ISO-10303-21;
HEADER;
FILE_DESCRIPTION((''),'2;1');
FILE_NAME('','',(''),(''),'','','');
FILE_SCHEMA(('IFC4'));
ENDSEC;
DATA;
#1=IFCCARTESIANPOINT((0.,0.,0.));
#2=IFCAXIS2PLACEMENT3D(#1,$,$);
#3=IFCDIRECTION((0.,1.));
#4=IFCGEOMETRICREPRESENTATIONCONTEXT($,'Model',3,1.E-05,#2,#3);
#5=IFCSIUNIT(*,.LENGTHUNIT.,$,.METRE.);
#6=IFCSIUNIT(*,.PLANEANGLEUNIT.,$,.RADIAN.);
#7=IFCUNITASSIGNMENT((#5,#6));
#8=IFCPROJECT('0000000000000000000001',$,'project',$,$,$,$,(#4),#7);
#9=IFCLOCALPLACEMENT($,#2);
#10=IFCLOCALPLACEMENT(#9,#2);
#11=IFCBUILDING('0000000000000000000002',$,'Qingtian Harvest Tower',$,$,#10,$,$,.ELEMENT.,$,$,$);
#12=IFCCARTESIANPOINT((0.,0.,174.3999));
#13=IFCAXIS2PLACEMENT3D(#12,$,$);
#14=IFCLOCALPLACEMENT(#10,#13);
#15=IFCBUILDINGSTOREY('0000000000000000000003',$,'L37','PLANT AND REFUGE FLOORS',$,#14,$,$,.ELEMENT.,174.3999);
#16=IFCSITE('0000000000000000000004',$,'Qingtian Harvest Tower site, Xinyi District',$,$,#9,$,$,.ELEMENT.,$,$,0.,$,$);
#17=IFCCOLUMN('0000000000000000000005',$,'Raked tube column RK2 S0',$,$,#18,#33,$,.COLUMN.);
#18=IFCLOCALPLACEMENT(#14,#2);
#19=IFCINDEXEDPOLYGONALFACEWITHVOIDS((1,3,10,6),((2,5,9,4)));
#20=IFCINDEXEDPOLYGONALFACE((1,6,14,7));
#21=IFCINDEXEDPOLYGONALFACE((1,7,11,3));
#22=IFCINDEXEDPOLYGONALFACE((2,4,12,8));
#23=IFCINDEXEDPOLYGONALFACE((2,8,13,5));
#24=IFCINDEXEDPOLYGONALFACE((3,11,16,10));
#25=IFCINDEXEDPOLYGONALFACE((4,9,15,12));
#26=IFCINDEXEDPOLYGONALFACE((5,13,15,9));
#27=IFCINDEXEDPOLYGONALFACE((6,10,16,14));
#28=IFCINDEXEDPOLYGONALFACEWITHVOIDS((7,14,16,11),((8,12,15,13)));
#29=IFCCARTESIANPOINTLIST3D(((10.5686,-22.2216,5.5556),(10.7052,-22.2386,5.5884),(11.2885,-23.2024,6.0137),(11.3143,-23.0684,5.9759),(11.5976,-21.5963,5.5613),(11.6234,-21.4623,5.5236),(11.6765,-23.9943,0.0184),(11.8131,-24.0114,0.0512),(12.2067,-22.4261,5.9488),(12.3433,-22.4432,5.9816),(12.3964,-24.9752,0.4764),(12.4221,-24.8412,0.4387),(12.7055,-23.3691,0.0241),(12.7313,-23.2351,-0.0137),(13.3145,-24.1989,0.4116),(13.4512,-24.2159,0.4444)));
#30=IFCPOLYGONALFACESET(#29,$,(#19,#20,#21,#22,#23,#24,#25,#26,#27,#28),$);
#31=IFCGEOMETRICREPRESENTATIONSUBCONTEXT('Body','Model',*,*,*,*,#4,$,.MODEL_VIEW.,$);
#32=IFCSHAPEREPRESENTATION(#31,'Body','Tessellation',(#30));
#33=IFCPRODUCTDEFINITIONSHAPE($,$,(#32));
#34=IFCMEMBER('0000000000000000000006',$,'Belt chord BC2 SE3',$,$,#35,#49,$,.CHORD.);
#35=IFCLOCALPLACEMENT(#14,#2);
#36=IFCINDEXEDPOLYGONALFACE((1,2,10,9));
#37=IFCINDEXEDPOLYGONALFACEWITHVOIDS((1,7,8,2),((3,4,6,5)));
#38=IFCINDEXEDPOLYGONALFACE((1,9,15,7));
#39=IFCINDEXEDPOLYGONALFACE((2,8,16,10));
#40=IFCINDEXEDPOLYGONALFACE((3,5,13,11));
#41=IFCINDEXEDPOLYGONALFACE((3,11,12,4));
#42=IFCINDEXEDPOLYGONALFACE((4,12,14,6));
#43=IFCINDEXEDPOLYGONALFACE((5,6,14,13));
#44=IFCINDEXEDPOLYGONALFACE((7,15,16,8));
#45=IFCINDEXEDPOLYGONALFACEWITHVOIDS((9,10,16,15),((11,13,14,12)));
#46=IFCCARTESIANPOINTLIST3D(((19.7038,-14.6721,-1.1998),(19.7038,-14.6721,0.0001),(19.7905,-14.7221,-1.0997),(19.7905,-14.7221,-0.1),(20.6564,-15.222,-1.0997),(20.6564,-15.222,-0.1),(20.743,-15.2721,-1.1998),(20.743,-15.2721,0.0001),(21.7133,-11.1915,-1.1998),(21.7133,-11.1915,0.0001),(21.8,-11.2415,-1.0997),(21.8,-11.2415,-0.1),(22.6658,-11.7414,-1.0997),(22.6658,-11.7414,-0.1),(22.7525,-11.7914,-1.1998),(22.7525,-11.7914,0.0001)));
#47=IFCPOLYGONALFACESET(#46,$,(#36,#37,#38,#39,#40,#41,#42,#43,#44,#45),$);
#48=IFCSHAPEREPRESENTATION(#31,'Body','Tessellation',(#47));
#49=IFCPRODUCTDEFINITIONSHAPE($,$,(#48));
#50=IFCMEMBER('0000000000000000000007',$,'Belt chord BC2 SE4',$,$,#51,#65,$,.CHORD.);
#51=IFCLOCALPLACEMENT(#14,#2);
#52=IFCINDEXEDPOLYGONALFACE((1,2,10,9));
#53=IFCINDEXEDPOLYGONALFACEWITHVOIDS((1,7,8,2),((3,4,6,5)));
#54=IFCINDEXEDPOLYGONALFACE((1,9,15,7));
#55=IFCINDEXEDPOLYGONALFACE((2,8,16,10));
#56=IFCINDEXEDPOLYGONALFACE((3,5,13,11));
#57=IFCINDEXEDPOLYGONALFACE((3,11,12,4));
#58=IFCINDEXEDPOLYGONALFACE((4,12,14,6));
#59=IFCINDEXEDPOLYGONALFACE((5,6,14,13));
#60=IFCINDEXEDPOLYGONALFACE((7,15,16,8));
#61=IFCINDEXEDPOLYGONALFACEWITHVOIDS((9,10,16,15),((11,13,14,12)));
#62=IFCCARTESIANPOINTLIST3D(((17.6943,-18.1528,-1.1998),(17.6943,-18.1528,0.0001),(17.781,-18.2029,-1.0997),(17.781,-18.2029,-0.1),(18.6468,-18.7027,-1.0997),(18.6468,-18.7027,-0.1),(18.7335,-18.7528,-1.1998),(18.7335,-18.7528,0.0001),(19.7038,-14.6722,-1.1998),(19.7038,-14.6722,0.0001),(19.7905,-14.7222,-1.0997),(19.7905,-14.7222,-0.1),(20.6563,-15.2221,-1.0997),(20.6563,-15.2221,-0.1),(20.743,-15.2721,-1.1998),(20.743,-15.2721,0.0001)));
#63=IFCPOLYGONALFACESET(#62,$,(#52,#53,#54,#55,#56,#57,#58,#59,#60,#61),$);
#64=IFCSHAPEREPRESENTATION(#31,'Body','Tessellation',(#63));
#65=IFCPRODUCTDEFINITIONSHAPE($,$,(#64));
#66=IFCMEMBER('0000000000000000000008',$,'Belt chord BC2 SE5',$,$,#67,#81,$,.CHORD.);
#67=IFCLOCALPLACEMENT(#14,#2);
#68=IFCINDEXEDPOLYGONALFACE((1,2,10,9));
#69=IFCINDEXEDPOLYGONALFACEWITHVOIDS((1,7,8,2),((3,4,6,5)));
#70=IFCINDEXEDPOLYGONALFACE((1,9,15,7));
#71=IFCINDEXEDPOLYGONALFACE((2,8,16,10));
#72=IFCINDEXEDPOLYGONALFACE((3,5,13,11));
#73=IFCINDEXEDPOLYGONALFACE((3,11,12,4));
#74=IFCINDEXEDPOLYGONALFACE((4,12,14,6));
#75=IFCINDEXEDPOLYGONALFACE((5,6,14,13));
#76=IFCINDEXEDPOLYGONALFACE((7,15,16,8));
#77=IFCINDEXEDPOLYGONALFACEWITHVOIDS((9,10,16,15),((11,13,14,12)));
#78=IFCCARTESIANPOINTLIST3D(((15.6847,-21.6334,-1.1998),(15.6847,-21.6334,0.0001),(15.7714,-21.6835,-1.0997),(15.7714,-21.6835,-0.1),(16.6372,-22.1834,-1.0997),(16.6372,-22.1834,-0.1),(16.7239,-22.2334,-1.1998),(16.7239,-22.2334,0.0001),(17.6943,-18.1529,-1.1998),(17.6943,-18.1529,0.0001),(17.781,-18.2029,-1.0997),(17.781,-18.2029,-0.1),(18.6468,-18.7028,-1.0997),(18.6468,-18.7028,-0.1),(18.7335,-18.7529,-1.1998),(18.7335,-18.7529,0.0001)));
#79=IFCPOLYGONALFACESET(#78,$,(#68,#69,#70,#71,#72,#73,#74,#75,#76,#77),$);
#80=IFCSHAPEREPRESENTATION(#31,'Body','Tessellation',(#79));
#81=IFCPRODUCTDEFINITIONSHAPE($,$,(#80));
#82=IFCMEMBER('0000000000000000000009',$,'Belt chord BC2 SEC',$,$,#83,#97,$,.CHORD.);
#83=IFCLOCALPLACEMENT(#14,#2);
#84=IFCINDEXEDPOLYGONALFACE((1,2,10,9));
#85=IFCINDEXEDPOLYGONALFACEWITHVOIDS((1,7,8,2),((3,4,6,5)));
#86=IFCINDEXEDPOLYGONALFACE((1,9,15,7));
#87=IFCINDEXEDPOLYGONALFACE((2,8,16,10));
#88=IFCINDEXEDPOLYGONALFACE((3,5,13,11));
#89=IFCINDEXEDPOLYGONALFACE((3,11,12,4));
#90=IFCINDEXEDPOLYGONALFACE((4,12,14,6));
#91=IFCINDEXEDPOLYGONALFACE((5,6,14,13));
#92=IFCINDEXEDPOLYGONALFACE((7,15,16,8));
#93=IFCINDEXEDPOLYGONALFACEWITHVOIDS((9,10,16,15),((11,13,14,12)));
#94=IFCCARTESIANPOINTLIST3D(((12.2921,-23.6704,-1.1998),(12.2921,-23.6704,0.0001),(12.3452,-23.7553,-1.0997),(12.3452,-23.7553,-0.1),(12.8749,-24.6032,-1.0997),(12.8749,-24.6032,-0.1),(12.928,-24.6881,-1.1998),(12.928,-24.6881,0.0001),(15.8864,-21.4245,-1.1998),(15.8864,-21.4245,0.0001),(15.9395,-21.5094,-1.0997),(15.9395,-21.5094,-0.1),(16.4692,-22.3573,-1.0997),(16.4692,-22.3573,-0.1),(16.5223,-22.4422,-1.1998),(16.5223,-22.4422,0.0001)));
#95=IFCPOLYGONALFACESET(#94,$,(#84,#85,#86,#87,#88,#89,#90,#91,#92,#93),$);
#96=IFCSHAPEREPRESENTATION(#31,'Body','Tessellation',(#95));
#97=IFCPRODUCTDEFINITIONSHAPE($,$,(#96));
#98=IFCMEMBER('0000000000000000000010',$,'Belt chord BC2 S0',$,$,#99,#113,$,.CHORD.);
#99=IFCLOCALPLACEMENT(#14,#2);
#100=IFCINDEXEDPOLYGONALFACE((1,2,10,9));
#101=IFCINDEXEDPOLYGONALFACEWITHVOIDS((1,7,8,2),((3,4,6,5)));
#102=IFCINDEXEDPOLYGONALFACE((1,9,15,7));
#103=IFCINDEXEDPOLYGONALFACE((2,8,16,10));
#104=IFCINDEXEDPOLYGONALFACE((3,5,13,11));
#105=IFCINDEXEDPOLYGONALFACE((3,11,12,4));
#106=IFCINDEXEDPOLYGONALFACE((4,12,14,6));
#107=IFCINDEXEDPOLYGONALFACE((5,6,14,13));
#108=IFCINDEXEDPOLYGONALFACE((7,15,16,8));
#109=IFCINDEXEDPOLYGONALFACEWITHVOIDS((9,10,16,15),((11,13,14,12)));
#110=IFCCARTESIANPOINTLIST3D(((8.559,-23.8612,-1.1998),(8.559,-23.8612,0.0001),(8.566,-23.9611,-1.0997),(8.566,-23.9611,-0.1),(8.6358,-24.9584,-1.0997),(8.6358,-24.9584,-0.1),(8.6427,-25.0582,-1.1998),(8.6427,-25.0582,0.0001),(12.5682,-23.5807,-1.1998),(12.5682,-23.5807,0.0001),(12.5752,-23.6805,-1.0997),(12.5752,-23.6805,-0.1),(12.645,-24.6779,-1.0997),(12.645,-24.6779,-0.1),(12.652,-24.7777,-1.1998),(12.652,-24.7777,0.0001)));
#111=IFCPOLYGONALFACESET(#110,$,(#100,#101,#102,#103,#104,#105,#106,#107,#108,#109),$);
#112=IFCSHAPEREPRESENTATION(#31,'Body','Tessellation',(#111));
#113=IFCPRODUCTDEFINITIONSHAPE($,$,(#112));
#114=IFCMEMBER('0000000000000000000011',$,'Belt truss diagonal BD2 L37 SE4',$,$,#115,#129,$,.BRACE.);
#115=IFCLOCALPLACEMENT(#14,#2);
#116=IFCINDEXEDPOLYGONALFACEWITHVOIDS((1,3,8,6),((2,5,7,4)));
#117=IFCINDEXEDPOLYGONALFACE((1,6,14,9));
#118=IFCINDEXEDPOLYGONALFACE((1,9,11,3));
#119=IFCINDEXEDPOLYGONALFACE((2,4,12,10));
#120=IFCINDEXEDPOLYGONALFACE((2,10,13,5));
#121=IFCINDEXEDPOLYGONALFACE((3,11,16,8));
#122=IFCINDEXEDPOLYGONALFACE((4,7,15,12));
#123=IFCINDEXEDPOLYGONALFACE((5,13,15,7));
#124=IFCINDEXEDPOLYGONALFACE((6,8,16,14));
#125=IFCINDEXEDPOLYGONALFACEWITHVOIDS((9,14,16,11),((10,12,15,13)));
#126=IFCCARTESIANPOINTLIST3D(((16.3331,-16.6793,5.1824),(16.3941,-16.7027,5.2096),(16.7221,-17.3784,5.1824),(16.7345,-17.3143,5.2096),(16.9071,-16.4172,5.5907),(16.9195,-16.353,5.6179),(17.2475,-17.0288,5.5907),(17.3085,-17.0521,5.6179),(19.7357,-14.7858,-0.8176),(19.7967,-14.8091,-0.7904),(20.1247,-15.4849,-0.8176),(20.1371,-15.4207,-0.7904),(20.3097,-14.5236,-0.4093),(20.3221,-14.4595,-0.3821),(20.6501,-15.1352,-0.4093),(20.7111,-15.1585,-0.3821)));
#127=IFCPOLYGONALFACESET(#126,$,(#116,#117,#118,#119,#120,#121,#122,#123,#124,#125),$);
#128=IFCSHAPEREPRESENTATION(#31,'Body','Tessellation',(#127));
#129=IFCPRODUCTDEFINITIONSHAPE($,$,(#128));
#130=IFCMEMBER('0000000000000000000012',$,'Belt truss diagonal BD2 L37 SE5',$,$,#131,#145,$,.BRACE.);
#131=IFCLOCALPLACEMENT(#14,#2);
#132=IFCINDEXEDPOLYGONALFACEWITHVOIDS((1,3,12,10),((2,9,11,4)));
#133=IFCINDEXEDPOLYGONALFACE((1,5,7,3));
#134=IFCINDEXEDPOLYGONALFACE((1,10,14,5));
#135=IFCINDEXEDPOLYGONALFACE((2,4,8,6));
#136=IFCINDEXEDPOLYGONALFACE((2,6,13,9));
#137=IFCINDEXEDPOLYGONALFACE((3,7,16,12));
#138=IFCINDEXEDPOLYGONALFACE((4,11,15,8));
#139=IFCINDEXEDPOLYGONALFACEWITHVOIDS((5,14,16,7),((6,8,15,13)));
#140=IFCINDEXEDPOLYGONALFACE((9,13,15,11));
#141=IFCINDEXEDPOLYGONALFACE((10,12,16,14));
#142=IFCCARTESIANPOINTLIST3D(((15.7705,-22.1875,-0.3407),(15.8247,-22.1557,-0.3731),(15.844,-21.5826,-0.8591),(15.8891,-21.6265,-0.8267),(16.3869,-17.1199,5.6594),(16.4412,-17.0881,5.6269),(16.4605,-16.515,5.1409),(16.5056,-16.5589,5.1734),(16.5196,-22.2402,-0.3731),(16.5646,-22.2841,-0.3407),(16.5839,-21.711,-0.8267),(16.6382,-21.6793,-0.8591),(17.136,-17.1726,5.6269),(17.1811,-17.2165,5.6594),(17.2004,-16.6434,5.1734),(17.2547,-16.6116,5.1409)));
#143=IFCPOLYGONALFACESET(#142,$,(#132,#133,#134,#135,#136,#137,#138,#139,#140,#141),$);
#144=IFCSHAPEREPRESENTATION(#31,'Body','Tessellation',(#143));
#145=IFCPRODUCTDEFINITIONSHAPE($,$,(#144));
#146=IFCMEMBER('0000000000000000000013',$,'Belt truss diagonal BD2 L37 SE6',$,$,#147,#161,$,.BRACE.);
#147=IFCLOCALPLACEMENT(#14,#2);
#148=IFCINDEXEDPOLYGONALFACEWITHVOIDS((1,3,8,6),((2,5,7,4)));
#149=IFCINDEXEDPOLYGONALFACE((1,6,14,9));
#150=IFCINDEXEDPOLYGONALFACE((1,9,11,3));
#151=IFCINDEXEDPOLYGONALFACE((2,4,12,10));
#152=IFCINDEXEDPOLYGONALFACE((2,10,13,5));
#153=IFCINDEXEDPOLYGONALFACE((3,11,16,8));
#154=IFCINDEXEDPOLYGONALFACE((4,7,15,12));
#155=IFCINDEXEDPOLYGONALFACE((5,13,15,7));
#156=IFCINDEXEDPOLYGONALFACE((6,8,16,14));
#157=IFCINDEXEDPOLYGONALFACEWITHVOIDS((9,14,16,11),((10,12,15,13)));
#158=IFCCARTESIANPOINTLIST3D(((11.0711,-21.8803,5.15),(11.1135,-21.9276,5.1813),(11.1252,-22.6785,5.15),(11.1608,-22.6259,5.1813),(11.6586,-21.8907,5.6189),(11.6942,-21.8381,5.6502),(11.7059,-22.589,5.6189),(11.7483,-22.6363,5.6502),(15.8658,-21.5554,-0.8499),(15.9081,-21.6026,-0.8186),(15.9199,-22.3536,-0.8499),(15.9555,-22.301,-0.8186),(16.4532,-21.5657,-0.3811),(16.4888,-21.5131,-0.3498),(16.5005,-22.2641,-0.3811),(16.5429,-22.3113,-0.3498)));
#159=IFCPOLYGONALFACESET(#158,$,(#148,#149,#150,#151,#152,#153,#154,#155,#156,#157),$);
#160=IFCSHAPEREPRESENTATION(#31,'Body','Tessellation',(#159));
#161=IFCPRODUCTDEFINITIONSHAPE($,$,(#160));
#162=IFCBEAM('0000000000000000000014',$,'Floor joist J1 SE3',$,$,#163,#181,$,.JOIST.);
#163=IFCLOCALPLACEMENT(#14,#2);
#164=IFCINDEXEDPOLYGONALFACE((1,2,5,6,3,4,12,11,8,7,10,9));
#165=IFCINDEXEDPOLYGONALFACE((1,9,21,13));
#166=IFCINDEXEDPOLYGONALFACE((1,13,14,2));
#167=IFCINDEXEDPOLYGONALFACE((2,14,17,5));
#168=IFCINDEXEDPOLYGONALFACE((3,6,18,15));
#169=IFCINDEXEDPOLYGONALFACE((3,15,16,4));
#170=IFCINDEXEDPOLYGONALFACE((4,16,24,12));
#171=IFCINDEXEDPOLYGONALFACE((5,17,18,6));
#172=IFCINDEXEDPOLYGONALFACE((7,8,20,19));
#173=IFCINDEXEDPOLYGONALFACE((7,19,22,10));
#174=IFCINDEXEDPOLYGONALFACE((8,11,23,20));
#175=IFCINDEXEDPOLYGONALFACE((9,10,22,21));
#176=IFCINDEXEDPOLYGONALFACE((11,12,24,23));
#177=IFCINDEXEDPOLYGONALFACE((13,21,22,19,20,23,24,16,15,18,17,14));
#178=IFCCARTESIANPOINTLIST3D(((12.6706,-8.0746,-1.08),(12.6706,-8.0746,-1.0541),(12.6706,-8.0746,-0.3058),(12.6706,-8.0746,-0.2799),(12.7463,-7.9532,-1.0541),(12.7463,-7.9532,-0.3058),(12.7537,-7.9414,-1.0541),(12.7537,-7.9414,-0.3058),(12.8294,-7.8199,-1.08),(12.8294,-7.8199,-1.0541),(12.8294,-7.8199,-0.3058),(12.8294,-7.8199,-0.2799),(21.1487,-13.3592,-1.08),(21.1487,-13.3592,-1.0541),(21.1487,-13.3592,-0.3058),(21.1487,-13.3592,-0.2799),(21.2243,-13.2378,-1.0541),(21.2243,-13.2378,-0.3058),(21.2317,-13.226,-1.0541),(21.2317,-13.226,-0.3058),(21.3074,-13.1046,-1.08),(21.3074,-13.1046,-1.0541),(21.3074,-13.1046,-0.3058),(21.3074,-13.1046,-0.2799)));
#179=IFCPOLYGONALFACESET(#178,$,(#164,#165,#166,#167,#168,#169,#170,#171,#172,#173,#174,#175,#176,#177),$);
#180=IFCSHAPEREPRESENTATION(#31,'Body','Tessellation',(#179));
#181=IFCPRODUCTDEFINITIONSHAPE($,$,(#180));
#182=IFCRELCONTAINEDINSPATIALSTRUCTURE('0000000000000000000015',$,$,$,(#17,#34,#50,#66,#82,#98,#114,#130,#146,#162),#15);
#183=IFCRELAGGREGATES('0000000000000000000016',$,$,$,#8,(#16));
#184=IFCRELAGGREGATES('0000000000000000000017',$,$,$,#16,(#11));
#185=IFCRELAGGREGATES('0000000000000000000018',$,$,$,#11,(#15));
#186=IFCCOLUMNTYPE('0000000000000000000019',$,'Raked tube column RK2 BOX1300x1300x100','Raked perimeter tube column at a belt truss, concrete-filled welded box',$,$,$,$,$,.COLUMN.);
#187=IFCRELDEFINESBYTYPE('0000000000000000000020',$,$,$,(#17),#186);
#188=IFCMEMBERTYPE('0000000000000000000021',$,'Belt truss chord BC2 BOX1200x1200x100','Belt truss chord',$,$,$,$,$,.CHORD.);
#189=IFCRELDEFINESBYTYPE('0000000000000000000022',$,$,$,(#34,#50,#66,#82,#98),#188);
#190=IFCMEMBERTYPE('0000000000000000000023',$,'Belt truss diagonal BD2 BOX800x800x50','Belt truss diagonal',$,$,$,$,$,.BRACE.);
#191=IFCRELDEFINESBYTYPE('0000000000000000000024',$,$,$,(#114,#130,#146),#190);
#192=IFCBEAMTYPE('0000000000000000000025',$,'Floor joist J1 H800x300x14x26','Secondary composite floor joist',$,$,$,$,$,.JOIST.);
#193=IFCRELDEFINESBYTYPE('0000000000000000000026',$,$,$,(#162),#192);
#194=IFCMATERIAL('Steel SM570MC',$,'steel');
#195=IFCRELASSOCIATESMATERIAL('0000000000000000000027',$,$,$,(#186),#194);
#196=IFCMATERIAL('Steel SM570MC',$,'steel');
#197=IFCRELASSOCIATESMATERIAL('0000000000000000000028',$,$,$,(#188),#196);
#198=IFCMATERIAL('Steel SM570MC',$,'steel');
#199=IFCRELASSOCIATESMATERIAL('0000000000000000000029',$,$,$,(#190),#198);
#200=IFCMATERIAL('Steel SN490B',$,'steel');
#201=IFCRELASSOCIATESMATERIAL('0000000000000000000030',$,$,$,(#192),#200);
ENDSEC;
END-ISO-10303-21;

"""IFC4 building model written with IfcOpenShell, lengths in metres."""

from ifc_helpers import new_model, si_unit, direction, frame, origin, origin_2d, place, context, subcontext, project, spatial, hollow_rectangle, i_section, extrude, clip, halfspace, material, material_profile, profile_set, type_object, element, save


model = new_model("IFC4")

# Units and contexts
model_context = context("Model", 3, precision=1e-05, world=origin(), true_north=direction((0.0, 1.0)))
body_context = subcontext(model_context, "Body", "Model", "MODEL_VIEW")
ifc_project = project(units=[si_unit("LENGTHUNIT", "METRE"), si_unit("PLANEANGLEUNIT", "RADIAN")], contexts=[model_context])

# Site, building, storey
site_placement = place(None, origin())
site = spatial("IfcSite", under=ifc_project, at=site_placement, Name="Qingtian Harvest Tower site, Xinyi District", CompositionType="ELEMENT", RefElevation=0.0)
building_placement = place(site_placement, origin())
building = spatial("IfcBuilding", under=site, at=building_placement, Name="Qingtian Harvest Tower", CompositionType="ELEMENT")
storey_placement = place(building_placement, frame((0.0, 0.0, 174.3999)))
storey = spatial("IfcBuildingStorey", under=building, at=storey_placement, Name="L37", Description="PLANT AND REFUGE FLOORS", CompositionType="ELEMENT", Elevation=174.3999)

# Column
ifc_material_1 = material(Name="Steel SM570MC", Category="steel")
ifc_material_profile_1 = material_profile(ifc_material_1, hollow_rectangle(XDim=1.3, YDim=1.3, WallThickness=0.1001, at=origin_2d()), Name="BOX1300x1300x100")
ifc_profile_set_1 = profile_set([ifc_material_profile_1], Name="Steel SM570MC")
column_type = type_object("IfcColumnType", Name="Raked tube column RK2 BOX1300x1300x100", Description="Raked perimeter tube column at a belt truss, concrete-filled welded box", PredefinedType="COLUMN", material=ifc_profile_set_1)
column_1_placement = place(storey_placement, frame((12.6101, -24.1792, 0.0), z_axis=(-0.187179, 0.299516, 0.93555), x_axis=(-0.811371, -0.584012, 0.024638)))
element("IfcColumn", 1, at=column_1_placement, inside=storey, type_object=column_type, Name="Raked tube column RK2 S0", PredefinedType="COLUMN", context=body_context, shape_type="Clipping", body=[
    clip(clip(extrude(hollow_rectangle(XDim=1.3, YDim=1.3, WallThickness=0.1001, at=origin_2d()), origin(), (0.0, 0.0, 1.0), 6.4133), halfspace(frame((0.0, 0.0, 0.2473), z_axis=(0.0, 0.0, -1.0), x_axis=(0.0, -1.0, 0.0)), False)), halfspace(frame((0.0, 0.0, 6.166), z_axis=(0.0, 0.0, 1.0), x_axis=(0.0, 1.0, 0.0)), False)),
])

# Members
ifc_material_2 = material(Name="Steel SM570MC", Category="steel")
ifc_material_profile_2 = material_profile(ifc_material_2, hollow_rectangle(XDim=1.2, YDim=1.2, WallThickness=0.1001, at=origin_2d()), Name="BOX1200x1200x100")
ifc_profile_set_2 = profile_set([ifc_material_profile_2], Name="Steel SM570MC")
member_type_1 = type_object("IfcMemberType", Name="Belt truss chord BC2 BOX1200x1200x100", Description="Belt truss chord", PredefinedType="CHORD", material=ifc_profile_set_2)
for number, where, z_axis, x_axis, name in (
    (2, (22.2329, -11.4915, -0.5999), (-0.499987, -0.866033, 0.0), (0.866033, -0.499987, 0.0), "Belt chord BC2 SE3"),
    (3, (20.2234, -14.9722, -0.5999), (-0.499987, -0.866033, 0.0), (0.866033, -0.499987, 0.0), "Belt chord BC2 SE4"),
    (4, (18.2139, -18.4529, -0.5999), (-0.500013, -0.866018, 0.0), (0.866018, -0.500013, 0.0), "Belt chord BC2 SE5"),
):
    element("IfcMember", number, at=place(storey_placement, frame(where, z_axis=z_axis, x_axis=x_axis)), inside=storey, type_object=member_type_1, Name=name, PredefinedType="CHORD", context=body_context, shape_type="SweptSolid", body=[
        extrude(hollow_rectangle(XDim=1.2, YDim=1.2, WallThickness=0.1001, at=origin_2d()), origin(), (0.0, 0.0, 1.0), 4.019),
    ])
member_1_placement = place(storey_placement, frame((16.2043, -21.9333, -0.5999), z_axis=(-0.848057, -0.529906, 0.0), x_axis=(0.529906, -0.848057, 0.0)))
element("IfcMember", 5, at=member_1_placement, inside=storey, type_object=member_type_1, Name="Belt chord BC2 SEC", PredefinedType="CHORD", context=body_context, shape_type="SweptSolid", body=[
    extrude(hollow_rectangle(XDim=1.2, YDim=1.2, WallThickness=0.1001, at=origin_2d()), origin(), (0.0, 0.0, 1.0), 4.2383),
])
member_2_placement = place(storey_placement, frame((12.6101, -24.1792, -0.5999), z_axis=(-0.997561, -0.069796, 0.0), x_axis=(0.069796, -0.997561, 0.0)))
element("IfcMember", 6, at=member_2_placement, inside=storey, type_object=member_type_1, Name="Belt chord BC2 S0", PredefinedType="CHORD", context=body_context, shape_type="SweptSolid", body=[
    extrude(hollow_rectangle(XDim=1.2, YDim=1.2, WallThickness=0.1001, at=origin_2d()), origin(), (0.0, 0.0, 1.0), 4.019),
])
ifc_material_3 = material(Name="Steel SM570MC", Category="steel")
ifc_material_profile_3 = material_profile(ifc_material_3, hollow_rectangle(XDim=0.8, YDim=0.8, WallThickness=0.05, at=origin_2d()), Name="BOX800x800x50")
ifc_profile_set_3 = profile_set([ifc_material_profile_3], Name="Steel SM570MC")
member_type_2 = type_object("IfcMemberType", Name="Belt truss diagonal BD2 BOX800x800x50", Description="Belt truss diagonal", PredefinedType="BRACE", material=ifc_profile_set_3)
member_3_placement = place(storey_placement, frame((20.2234, -14.9722, -0.5999), z_axis=(-0.475697, -0.264728, 0.838827), x_axis=(0.486276, -0.873805, 0.0)))
element("IfcMember", 7, at=member_3_placement, inside=storey, type_object=member_type_2, Name="Belt truss diagonal BD2 L37 SE4", PredefinedType="BRACE", context=body_context, shape_type="SweptSolid", body=[
    extrude(hollow_rectangle(XDim=0.8, YDim=0.8, WallThickness=0.05, at=origin_2d()), origin(), (0.0, 0.0, 1.0), 7.1528),
])
member_4_placement = place(storey_placement, frame((16.8208, -16.8657, 5.4001), z_axis=(-0.078251, -0.643274, -0.761627), x_axis=(0.992682, -0.120756, 0.0)))
element("IfcMember", 8, at=member_4_placement, inside=storey, type_object=member_type_2, Name="Belt truss diagonal BD2 L37 SE5", PredefinedType="BRACE", context=body_context, shape_type="SweptSolid", body=[
    extrude(hollow_rectangle(XDim=0.8, YDim=0.8, WallThickness=0.05, at=origin_2d()), origin(), (0.0, 0.0, 1.0), 7.8779),
])
member_5_placement = place(storey_placement, frame((16.2043, -21.9333, -0.5999), z_axis=(-0.623714, -0.042271, 0.780508), x_axis=(0.067618, -0.997711, 0.0)))
element("IfcMember", 9, at=member_5_placement, inside=storey, type_object=member_type_2, Name="Belt truss diagonal BD2 L37 SE6", PredefinedType="BRACE", context=body_context, shape_type="SweptSolid", body=[
    extrude(hollow_rectangle(XDim=0.8, YDim=0.8, WallThickness=0.05, at=origin_2d()), origin(), (0.0, 0.0, 1.0), 7.6873),
])

# Beam
ifc_material_4 = material(Name="Steel SN490B", Category="steel")
ifc_material_profile_4 = material_profile(ifc_material_4, i_section(OverallWidth=0.3, OverallDepth=0.8, WebThickness=0.0139, FlangeThickness=0.0259, at=origin_2d()), Name="H800x300x14x26")
ifc_profile_set_4 = profile_set([ifc_material_profile_4], Name="Steel SN490B")
beam_type_1 = type_object("IfcBeamType", Name="Floor joist J1 H800x300x14x26", Description="Secondary composite floor joist", PredefinedType="JOIST", material=ifc_profile_set_4)
beam_1_placement = place(storey_placement, frame((21.228, -13.2319, -0.6799), z_axis=(-0.848632, 0.528984, 0.0), x_axis=(-0.528984, -0.848632, 0.0)))
element("IfcBeam", 10, at=beam_1_placement, inside=storey, type_object=beam_type_1, Name="Floor joist J1 SE3", PredefinedType="JOIST", context=body_context, shape_type="SweptSolid", body=[
    extrude(i_section(OverallWidth=0.3, OverallDepth=0.8, WebThickness=0.0139, FlangeThickness=0.0259, at=origin_2d()), origin(), (0.0, 0.0, 1.0), 9.9902),
])

save(model, "model.ifc")
